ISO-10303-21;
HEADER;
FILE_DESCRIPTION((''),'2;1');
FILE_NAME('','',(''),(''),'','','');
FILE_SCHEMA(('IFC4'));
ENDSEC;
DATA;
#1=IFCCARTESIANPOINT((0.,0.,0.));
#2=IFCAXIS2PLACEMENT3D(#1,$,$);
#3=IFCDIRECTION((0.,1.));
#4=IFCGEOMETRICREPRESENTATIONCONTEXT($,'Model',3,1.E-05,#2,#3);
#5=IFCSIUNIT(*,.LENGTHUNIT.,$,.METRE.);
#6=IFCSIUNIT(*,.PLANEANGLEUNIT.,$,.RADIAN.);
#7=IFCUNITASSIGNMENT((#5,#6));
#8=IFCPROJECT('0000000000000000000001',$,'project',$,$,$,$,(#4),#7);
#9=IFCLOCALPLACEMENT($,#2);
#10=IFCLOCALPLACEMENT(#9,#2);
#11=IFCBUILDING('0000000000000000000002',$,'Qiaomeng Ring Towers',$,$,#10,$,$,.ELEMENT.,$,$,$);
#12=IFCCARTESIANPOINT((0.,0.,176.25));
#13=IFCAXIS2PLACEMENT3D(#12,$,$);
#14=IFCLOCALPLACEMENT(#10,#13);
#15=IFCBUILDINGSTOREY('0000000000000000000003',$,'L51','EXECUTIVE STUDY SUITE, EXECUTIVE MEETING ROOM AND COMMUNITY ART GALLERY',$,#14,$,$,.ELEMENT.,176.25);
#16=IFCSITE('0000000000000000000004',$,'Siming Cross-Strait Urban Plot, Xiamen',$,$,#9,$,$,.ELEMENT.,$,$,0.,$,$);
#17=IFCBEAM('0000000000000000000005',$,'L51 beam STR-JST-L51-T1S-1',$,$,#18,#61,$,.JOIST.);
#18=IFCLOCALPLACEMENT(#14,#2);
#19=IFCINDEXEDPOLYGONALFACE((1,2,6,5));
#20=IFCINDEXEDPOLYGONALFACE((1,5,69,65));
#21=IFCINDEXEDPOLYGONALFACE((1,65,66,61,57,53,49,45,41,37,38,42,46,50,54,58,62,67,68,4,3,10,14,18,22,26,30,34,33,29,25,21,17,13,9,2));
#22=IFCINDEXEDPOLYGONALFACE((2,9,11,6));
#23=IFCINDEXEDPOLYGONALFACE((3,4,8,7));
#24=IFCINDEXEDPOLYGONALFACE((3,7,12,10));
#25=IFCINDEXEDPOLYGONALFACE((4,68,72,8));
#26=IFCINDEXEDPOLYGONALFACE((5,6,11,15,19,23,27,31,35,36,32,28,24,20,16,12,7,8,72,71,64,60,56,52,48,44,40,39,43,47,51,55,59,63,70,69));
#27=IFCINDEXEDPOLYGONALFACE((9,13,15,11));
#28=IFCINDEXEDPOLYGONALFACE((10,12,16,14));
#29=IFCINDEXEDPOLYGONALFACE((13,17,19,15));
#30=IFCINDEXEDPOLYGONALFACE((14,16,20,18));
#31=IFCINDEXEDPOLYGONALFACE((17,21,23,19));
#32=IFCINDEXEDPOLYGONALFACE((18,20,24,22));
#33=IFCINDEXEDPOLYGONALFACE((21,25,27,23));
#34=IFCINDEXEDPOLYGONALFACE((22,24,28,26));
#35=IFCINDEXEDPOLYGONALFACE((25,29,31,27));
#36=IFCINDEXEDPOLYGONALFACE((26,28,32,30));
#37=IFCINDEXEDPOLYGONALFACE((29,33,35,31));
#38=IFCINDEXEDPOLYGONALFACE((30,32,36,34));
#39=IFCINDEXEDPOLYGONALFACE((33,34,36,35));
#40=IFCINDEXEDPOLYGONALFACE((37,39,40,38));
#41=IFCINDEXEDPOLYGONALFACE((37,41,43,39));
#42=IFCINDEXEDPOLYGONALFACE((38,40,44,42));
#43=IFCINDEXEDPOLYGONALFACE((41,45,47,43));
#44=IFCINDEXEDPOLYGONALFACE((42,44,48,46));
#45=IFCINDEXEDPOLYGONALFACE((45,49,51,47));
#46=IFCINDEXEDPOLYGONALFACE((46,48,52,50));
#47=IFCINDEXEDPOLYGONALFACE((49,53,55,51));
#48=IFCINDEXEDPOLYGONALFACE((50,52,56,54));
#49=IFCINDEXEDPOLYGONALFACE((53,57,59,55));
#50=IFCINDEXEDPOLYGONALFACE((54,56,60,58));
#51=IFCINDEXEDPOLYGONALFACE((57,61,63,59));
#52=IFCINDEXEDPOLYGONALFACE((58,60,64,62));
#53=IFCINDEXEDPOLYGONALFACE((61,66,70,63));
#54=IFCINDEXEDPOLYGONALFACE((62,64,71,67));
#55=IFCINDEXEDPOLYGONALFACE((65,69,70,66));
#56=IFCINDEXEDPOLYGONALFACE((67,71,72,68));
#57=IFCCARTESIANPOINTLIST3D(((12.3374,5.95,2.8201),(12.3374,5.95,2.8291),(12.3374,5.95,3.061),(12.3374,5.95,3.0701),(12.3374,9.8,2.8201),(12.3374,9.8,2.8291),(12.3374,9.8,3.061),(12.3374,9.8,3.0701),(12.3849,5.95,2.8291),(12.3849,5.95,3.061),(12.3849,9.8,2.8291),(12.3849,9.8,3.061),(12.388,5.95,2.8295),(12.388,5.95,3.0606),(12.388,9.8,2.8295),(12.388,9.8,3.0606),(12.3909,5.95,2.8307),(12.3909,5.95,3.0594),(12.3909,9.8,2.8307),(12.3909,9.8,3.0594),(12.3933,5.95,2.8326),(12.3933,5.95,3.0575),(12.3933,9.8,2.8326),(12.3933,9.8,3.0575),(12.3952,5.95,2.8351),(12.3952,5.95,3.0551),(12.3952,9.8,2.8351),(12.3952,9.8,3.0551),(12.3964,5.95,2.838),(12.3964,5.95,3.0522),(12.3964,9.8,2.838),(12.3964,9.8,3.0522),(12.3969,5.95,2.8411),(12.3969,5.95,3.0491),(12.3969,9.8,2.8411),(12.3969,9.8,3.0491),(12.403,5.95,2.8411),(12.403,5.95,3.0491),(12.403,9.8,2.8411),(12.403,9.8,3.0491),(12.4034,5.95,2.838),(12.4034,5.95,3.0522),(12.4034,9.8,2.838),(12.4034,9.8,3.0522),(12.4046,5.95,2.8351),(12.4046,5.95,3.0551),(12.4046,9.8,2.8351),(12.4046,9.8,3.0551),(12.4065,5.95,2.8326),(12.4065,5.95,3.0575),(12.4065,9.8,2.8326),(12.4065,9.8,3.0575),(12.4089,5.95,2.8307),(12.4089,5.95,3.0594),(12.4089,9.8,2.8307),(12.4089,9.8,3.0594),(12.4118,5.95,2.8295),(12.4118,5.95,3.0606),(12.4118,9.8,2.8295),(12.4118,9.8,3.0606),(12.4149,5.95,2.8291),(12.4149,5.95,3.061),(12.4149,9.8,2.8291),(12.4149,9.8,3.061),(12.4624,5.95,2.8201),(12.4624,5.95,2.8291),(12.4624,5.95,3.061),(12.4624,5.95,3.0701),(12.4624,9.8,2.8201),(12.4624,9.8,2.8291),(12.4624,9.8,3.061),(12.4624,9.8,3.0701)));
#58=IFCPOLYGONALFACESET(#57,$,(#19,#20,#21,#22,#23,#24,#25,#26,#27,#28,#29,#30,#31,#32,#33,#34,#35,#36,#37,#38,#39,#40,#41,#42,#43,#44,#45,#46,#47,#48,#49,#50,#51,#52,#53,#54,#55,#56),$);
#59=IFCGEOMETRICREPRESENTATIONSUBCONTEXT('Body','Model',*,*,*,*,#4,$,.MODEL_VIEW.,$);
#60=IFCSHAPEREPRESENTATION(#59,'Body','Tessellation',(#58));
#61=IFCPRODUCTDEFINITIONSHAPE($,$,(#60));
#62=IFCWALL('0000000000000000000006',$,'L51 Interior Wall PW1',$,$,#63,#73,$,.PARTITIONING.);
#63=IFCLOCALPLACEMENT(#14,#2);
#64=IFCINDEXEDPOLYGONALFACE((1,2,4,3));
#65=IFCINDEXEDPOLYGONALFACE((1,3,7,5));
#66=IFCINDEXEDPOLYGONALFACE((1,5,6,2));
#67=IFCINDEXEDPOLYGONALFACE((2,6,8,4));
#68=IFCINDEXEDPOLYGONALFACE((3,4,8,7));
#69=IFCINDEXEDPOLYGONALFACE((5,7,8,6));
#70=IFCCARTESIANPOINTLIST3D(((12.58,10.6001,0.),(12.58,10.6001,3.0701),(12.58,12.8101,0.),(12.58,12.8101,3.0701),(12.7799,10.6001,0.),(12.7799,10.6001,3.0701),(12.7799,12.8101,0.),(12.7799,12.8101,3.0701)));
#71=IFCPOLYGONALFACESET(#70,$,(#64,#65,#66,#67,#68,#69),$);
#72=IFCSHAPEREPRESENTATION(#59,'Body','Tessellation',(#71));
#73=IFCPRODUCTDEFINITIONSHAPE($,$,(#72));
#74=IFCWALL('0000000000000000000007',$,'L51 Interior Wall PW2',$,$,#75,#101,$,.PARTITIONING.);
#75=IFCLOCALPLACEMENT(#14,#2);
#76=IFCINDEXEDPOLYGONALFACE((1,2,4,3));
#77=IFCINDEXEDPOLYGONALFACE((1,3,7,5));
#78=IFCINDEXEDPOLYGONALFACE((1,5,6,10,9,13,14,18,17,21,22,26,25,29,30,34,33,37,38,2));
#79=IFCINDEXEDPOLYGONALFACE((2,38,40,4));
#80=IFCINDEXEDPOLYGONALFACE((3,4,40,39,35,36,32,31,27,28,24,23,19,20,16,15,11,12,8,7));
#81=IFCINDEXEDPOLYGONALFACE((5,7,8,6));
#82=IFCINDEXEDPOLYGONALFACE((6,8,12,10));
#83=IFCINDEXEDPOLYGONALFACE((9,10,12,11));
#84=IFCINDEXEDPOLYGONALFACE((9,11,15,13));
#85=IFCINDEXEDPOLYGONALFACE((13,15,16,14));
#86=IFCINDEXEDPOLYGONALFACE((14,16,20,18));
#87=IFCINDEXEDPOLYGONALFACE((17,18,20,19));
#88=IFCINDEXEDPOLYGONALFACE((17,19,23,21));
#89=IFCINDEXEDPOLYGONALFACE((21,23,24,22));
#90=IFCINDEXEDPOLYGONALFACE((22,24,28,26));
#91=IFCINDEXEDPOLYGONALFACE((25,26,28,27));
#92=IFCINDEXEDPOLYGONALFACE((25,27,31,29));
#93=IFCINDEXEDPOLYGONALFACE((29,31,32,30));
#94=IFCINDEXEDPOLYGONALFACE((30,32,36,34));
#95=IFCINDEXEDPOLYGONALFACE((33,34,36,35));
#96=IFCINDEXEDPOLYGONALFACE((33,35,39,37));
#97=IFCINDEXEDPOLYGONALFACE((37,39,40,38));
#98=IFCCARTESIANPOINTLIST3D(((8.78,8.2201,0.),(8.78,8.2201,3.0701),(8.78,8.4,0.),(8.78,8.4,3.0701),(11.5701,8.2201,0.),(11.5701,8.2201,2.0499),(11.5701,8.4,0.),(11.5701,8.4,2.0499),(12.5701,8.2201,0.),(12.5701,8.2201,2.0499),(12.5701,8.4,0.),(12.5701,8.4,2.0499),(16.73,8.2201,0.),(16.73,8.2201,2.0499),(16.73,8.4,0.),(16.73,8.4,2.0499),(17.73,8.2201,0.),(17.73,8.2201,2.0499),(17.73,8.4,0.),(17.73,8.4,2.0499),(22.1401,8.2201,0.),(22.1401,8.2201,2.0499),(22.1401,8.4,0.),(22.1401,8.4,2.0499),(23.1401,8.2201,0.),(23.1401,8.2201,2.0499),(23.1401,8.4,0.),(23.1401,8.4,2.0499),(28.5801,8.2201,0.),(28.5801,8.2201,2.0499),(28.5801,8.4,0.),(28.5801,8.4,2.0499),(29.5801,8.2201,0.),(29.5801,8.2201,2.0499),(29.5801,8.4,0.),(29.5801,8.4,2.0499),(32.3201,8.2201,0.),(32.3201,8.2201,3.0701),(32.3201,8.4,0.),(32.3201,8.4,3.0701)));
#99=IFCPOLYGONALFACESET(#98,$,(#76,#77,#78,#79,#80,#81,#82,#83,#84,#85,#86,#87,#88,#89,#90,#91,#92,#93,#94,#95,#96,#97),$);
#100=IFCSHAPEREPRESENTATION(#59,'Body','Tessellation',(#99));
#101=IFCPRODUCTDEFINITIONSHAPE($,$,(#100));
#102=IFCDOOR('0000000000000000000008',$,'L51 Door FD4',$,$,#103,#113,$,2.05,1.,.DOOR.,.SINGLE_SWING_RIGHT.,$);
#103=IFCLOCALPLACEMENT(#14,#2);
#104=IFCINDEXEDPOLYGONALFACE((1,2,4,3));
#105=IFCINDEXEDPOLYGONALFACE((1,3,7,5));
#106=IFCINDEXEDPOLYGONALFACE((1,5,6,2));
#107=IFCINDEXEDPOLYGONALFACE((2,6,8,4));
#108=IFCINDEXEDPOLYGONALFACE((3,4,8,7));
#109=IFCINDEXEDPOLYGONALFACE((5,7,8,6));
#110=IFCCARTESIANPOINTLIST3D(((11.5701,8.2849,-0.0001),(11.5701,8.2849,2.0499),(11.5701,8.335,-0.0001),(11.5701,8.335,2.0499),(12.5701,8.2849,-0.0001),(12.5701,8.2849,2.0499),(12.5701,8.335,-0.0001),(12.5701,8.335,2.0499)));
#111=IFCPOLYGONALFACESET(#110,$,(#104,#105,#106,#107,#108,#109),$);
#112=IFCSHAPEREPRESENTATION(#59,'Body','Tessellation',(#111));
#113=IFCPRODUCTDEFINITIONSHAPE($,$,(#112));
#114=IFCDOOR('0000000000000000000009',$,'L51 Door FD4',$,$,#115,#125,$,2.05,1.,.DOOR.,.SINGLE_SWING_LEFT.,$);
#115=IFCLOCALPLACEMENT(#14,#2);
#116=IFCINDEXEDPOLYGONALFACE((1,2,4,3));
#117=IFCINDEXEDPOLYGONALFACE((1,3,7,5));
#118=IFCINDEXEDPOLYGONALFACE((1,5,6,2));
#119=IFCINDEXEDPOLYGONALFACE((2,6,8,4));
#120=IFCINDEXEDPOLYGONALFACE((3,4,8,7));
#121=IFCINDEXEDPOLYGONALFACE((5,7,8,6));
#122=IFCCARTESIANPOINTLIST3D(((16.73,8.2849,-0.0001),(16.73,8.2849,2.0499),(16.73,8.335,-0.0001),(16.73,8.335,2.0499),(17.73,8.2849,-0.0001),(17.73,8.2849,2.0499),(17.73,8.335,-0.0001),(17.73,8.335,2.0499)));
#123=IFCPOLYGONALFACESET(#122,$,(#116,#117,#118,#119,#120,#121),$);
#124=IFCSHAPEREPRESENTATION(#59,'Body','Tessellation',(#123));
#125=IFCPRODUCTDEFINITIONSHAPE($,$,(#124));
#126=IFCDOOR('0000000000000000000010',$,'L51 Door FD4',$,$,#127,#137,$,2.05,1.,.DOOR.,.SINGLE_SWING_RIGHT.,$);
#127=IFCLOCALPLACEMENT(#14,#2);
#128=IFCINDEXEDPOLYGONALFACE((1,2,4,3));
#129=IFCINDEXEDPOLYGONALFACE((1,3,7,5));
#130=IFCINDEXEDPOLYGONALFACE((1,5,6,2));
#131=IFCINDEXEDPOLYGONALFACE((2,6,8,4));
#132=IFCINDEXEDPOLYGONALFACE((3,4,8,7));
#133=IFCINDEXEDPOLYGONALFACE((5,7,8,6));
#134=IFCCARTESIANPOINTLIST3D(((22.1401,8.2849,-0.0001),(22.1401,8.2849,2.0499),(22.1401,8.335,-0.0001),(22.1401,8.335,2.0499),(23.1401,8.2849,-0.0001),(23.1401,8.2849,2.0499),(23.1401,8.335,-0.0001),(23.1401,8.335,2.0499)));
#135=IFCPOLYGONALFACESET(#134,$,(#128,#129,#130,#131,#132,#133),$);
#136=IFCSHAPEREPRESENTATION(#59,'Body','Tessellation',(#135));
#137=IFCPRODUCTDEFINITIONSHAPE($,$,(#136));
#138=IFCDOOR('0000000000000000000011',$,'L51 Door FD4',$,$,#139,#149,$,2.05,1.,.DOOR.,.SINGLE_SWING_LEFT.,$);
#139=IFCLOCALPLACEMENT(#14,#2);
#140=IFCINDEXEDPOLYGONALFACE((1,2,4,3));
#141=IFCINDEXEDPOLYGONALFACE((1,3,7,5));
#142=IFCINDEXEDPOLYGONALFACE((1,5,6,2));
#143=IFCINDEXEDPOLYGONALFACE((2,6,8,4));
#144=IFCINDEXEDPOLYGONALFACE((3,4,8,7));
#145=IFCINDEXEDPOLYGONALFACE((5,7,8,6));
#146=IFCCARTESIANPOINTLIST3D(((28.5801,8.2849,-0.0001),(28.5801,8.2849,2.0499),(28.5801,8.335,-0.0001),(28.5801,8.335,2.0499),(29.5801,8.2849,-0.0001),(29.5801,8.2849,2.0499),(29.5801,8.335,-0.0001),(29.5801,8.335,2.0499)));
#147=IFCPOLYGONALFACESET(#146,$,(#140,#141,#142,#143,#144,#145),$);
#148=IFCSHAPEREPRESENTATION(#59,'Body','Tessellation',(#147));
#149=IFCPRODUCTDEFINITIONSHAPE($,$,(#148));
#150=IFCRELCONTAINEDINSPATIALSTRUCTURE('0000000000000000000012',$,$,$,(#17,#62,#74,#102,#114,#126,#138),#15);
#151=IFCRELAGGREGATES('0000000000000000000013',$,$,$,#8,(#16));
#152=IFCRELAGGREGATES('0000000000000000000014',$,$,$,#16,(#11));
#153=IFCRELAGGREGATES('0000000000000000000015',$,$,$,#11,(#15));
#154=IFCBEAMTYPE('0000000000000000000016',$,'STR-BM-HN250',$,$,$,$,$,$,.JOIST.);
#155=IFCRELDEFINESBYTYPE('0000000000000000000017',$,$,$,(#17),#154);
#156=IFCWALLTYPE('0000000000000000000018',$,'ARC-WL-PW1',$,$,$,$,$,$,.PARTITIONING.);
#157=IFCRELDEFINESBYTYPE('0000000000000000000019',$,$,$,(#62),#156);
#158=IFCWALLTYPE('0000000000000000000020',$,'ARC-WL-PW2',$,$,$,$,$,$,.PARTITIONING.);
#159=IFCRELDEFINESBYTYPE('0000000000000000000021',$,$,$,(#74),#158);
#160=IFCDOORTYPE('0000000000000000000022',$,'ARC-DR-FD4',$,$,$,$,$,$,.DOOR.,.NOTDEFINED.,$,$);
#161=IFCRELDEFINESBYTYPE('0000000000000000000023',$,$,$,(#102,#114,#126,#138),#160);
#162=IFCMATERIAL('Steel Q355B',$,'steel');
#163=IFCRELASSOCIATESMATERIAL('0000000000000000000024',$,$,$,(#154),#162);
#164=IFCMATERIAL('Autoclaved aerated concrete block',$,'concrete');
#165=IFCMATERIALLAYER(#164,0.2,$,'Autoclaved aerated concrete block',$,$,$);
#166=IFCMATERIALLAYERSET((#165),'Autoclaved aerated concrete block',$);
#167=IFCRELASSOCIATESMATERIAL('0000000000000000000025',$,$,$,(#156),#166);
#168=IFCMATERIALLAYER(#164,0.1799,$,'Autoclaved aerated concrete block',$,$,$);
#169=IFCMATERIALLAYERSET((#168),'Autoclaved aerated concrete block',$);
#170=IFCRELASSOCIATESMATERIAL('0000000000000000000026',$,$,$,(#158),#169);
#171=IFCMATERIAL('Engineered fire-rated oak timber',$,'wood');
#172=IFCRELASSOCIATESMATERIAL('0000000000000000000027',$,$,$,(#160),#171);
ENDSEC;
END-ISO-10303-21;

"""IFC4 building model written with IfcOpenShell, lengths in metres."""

from ifc_helpers import new_model, si_unit, direction, frame, frame_2d, origin, origin_2d, place, context, subcontext, project, spatial, rectangle, i_section, extrude, source, transform, mapped, material, layer, layer_set, material_profile, profile_set, type_object, element, fill, save


model = new_model("IFC4")

# Units and contexts
model_context = context("Model", 3, precision=1e-05, world=origin(), true_north=direction((0.0, 1.0)))
body_context = subcontext(model_context, "Body", "Model", "MODEL_VIEW")
ifc_project = project(units=[si_unit("LENGTHUNIT", "METRE"), si_unit("PLANEANGLEUNIT", "RADIAN")], contexts=[model_context])

# Site, building, storey
site_placement = place(None, origin())
site = spatial("IfcSite", under=ifc_project, at=site_placement, Name="Siming Cross-Strait Urban Plot, Xiamen", CompositionType="ELEMENT", RefElevation=0.0)
building_placement = place(site_placement, origin())
building = spatial("IfcBuilding", under=site, at=building_placement, Name="Qiaomeng Ring Towers", CompositionType="ELEMENT")
storey_placement = place(building_placement, frame((0.0, 0.0, 176.25)))
storey = spatial("IfcBuildingStorey", under=building, at=storey_placement, Name="L51", Description="EXECUTIVE STUDY SUITE, EXECUTIVE MEETING ROOM AND COMMUNITY ART GALLERY", CompositionType="ELEMENT", Elevation=176.25)

# Beam
ifc_material_1 = material(Name="Steel Q355B", Category="steel")
ifc_material_profile = material_profile(ifc_material_1, i_section(OverallWidth=0.125, OverallDepth=0.25, WebThickness=0.0061, FlangeThickness=0.009, FilletRadius=0.012, at=origin_2d()), Name="HN 250x125x6x9")
ifc_profile_set = profile_set([ifc_material_profile], Name="Steel Q355B")
beam_type = type_object("IfcBeamType", Name="STR-BM-HN250", PredefinedType="JOIST", material=ifc_profile_set)
shared_shape_1 = source(origin(), body_context, "Body", "SweptSolid", [
    extrude(i_section(OverallWidth=0.125, OverallDepth=0.25, WebThickness=0.0061, FlangeThickness=0.009, FilletRadius=0.012, at=origin_2d()), origin(), (0.0, 0.0, 1.0), 3.8501),
])
beam_placement = place(storey_placement, frame((12.3999, 5.95, 2.9451), z_axis=(0.0, 1.0, 0.0), x_axis=(-1.0, 0.0, 0.0)))
element("IfcBeam", 1, at=beam_placement, inside=storey, type_object=beam_type, Name="L51 beam STR-JST-L51-T1S-1", PredefinedType="JOIST", context=body_context, shape_type="MappedRepresentation", body=[
    mapped(shared_shape_1, transform((0.0, 0.0, 0.0), x_axis=(1.0, 0.0, 0.0), y_axis=(0.0, 1.0, 0.0), z_axis=(0.0, 0.0, 1.0), scale=1.0)),
])

# Wall
ifc_material_2 = material(Name="Autoclaved aerated concrete block", Category="concrete")
ifc_layer_1 = layer(ifc_material_2, 0.2, Name="Autoclaved aerated concrete block")
ifc_layer_set_1 = layer_set([ifc_layer_1], Name="Autoclaved aerated concrete block")
wall_type_1 = type_object("IfcWallType", Name="ARC-WL-PW1", PredefinedType="PARTITIONING", material=ifc_layer_set_1)
wall_1_placement = place(storey_placement, frame((12.6799, 10.6001, 0.0), z_axis=(0.0, 0.0, 1.0), x_axis=(0.0, 1.0, 0.0)))
element("IfcWall", 2, at=wall_1_placement, inside=storey, type_object=wall_type_1, Name="L51 Interior Wall PW1", PredefinedType="PARTITIONING", context=body_context, shape_type="SweptSolid", body=[
    extrude(rectangle(XDim=2.21, YDim=0.2, at=frame_2d((1.105, 0.0))), origin(), (0.0, 0.0, 1.0), 3.0701),
])

# Wall, openings, doors
ifc_layer_2 = layer(ifc_material_2, 0.1799, Name="Autoclaved aerated concrete block")
ifc_layer_set_2 = layer_set([ifc_layer_2], Name="Autoclaved aerated concrete block")
wall_type_2 = type_object("IfcWallType", Name="ARC-WL-PW2", PredefinedType="PARTITIONING", material=ifc_layer_set_2)
wall_2_placement = place(storey_placement, frame((8.78, 8.3101, 0.0), z_axis=(0.0, 0.0, 1.0), x_axis=(1.0, 0.0, 0.0)))
wall_2 = element("IfcWall", 3, at=wall_2_placement, inside=storey, type_object=wall_type_2, Name="L51 Interior Wall PW2", PredefinedType="PARTITIONING", context=body_context, shape_type="SweptSolid", body=[
    extrude(rectangle(XDim=23.54, YDim=0.1799, at=frame_2d((11.77, 0.0))), origin(), (0.0, 0.0, 1.0), 3.0701),
])
opening_1_placement = place(wall_2_placement, frame((2.79, 0.0, 0.0)))
opening_1 = element("IfcOpeningElement", 4, at=opening_1_placement, cuts=wall_2, PredefinedType="OPENING", context=body_context, shape_type="SweptSolid", body=[
    extrude(rectangle(XDim=1.0, YDim=2.05, at=frame_2d((0.5, 1.0249))), frame((0.0, 0.0999, 0.0), z_axis=(0.0, -1.0, 0.0), x_axis=(1.0, 0.0, 0.0)), (0.0, 0.0, 1.0), 0.2),
])
opening_2_placement = place(wall_2_placement, frame((7.95, 0.0, 0.0)))
opening_2 = element("IfcOpeningElement", 5, at=opening_2_placement, cuts=wall_2, PredefinedType="OPENING", context=body_context, shape_type="SweptSolid", body=[
    extrude(rectangle(XDim=1.0, YDim=2.05, at=frame_2d((0.5, 1.0249))), frame((0.0, 0.0999, 0.0), z_axis=(0.0, -1.0, 0.0), x_axis=(1.0, 0.0, 0.0)), (0.0, 0.0, 1.0), 0.2),
])
opening_3_placement = place(wall_2_placement, frame((13.3601, 0.0, 0.0)))
opening_3 = element("IfcOpeningElement", 6, at=opening_3_placement, cuts=wall_2, PredefinedType="OPENING", context=body_context, shape_type="SweptSolid", body=[
    extrude(rectangle(XDim=1.0, YDim=2.05, at=frame_2d((0.5, 1.0249))), frame((0.0, 0.0999, 0.0), z_axis=(0.0, -1.0, 0.0), x_axis=(1.0, 0.0, 0.0)), (0.0, 0.0, 1.0), 0.2),
])
opening_4_placement = place(wall_2_placement, frame((19.8, 0.0, 0.0)))
opening_4 = element("IfcOpeningElement", 7, at=opening_4_placement, cuts=wall_2, PredefinedType="OPENING", context=body_context, shape_type="SweptSolid", body=[
    extrude(rectangle(XDim=1.0, YDim=2.05, at=frame_2d((0.5, 1.0249))), frame((0.0, 0.0999, 0.0), z_axis=(0.0, -1.0, 0.0), x_axis=(1.0, 0.0, 0.0)), (0.0, 0.0, 1.0), 0.2),
])
ifc_material_3 = material(Name="Engineered fire-rated oak timber", Category="wood")
door_type_1 = type_object("IfcDoorType", Name="ARC-DR-FD4", OperationType="NOTDEFINED", PredefinedType="DOOR", material=ifc_material_3)
shared_shape_2 = source(origin(), body_context, "Body", "SweptSolid", [
    extrude(rectangle(XDim=1.0, YDim=2.05, at=frame_2d((0.5, 1.0249))), frame((0.0, 0.0249, 0.0), z_axis=(0.0, -1.0, 0.0), x_axis=(1.0, 0.0, 0.0)), (0.0, 0.0, 1.0), 0.05),
])
door_1_placement = place(opening_1_placement, origin())
door_1 = element("IfcDoor", 8, at=door_1_placement, inside=storey, type_object=door_type_1, Name="L51 Door FD4", OperationType="SINGLE_SWING_RIGHT", OverallHeight=2.05, OverallWidth=1.0, PredefinedType="DOOR", context=body_context, shape_type="MappedRepresentation", body=[
    mapped(shared_shape_2, transform((0.0, 0.0, 0.0), x_axis=(1.0, 0.0, 0.0), y_axis=(0.0, 1.0, 0.0), z_axis=(0.0, 0.0, 1.0), scale=1.0)),
])
fill(opening_1, door_1)
door_2_placement = place(opening_2_placement, origin())
door_2 = element("IfcDoor", 9, at=door_2_placement, inside=storey, type_object=door_type_1, Name="L51 Door FD4", OperationType="SINGLE_SWING_LEFT", OverallHeight=2.05, OverallWidth=1.0, PredefinedType="DOOR", context=body_context, shape_type="MappedRepresentation", body=[
    mapped(shared_shape_2, transform((0.0, 0.0, 0.0), x_axis=(1.0, 0.0, 0.0), y_axis=(0.0, 1.0, 0.0), z_axis=(0.0, 0.0, 1.0), scale=1.0)),
])
fill(opening_2, door_2)
door_3_placement = place(opening_3_placement, origin())
door_3 = element("IfcDoor", 10, at=door_3_placement, inside=storey, type_object=door_type_1, Name="L51 Door FD4", OperationType="SINGLE_SWING_RIGHT", OverallHeight=2.05, OverallWidth=1.0, PredefinedType="DOOR", context=body_context, shape_type="MappedRepresentation", body=[
    mapped(shared_shape_2, transform((0.0, 0.0, 0.0), x_axis=(1.0, 0.0, 0.0), y_axis=(0.0, 1.0, 0.0), z_axis=(0.0, 0.0, 1.0), scale=1.0)),
])
fill(opening_3, door_3)
door_4_placement = place(opening_4_placement, origin())
door_4 = element("IfcDoor", 11, at=door_4_placement, inside=storey, type_object=door_type_1, Name="L51 Door FD4", OperationType="SINGLE_SWING_LEFT", OverallHeight=2.05, OverallWidth=1.0, PredefinedType="DOOR", context=body_context, shape_type="MappedRepresentation", body=[
    mapped(shared_shape_2, transform((0.0, 0.0, 0.0), x_axis=(1.0, 0.0, 0.0), y_axis=(0.0, 1.0, 0.0), z_axis=(0.0, 0.0, 1.0), scale=1.0)),
])
fill(opening_4, door_4)

save(model, "model.ifc")
